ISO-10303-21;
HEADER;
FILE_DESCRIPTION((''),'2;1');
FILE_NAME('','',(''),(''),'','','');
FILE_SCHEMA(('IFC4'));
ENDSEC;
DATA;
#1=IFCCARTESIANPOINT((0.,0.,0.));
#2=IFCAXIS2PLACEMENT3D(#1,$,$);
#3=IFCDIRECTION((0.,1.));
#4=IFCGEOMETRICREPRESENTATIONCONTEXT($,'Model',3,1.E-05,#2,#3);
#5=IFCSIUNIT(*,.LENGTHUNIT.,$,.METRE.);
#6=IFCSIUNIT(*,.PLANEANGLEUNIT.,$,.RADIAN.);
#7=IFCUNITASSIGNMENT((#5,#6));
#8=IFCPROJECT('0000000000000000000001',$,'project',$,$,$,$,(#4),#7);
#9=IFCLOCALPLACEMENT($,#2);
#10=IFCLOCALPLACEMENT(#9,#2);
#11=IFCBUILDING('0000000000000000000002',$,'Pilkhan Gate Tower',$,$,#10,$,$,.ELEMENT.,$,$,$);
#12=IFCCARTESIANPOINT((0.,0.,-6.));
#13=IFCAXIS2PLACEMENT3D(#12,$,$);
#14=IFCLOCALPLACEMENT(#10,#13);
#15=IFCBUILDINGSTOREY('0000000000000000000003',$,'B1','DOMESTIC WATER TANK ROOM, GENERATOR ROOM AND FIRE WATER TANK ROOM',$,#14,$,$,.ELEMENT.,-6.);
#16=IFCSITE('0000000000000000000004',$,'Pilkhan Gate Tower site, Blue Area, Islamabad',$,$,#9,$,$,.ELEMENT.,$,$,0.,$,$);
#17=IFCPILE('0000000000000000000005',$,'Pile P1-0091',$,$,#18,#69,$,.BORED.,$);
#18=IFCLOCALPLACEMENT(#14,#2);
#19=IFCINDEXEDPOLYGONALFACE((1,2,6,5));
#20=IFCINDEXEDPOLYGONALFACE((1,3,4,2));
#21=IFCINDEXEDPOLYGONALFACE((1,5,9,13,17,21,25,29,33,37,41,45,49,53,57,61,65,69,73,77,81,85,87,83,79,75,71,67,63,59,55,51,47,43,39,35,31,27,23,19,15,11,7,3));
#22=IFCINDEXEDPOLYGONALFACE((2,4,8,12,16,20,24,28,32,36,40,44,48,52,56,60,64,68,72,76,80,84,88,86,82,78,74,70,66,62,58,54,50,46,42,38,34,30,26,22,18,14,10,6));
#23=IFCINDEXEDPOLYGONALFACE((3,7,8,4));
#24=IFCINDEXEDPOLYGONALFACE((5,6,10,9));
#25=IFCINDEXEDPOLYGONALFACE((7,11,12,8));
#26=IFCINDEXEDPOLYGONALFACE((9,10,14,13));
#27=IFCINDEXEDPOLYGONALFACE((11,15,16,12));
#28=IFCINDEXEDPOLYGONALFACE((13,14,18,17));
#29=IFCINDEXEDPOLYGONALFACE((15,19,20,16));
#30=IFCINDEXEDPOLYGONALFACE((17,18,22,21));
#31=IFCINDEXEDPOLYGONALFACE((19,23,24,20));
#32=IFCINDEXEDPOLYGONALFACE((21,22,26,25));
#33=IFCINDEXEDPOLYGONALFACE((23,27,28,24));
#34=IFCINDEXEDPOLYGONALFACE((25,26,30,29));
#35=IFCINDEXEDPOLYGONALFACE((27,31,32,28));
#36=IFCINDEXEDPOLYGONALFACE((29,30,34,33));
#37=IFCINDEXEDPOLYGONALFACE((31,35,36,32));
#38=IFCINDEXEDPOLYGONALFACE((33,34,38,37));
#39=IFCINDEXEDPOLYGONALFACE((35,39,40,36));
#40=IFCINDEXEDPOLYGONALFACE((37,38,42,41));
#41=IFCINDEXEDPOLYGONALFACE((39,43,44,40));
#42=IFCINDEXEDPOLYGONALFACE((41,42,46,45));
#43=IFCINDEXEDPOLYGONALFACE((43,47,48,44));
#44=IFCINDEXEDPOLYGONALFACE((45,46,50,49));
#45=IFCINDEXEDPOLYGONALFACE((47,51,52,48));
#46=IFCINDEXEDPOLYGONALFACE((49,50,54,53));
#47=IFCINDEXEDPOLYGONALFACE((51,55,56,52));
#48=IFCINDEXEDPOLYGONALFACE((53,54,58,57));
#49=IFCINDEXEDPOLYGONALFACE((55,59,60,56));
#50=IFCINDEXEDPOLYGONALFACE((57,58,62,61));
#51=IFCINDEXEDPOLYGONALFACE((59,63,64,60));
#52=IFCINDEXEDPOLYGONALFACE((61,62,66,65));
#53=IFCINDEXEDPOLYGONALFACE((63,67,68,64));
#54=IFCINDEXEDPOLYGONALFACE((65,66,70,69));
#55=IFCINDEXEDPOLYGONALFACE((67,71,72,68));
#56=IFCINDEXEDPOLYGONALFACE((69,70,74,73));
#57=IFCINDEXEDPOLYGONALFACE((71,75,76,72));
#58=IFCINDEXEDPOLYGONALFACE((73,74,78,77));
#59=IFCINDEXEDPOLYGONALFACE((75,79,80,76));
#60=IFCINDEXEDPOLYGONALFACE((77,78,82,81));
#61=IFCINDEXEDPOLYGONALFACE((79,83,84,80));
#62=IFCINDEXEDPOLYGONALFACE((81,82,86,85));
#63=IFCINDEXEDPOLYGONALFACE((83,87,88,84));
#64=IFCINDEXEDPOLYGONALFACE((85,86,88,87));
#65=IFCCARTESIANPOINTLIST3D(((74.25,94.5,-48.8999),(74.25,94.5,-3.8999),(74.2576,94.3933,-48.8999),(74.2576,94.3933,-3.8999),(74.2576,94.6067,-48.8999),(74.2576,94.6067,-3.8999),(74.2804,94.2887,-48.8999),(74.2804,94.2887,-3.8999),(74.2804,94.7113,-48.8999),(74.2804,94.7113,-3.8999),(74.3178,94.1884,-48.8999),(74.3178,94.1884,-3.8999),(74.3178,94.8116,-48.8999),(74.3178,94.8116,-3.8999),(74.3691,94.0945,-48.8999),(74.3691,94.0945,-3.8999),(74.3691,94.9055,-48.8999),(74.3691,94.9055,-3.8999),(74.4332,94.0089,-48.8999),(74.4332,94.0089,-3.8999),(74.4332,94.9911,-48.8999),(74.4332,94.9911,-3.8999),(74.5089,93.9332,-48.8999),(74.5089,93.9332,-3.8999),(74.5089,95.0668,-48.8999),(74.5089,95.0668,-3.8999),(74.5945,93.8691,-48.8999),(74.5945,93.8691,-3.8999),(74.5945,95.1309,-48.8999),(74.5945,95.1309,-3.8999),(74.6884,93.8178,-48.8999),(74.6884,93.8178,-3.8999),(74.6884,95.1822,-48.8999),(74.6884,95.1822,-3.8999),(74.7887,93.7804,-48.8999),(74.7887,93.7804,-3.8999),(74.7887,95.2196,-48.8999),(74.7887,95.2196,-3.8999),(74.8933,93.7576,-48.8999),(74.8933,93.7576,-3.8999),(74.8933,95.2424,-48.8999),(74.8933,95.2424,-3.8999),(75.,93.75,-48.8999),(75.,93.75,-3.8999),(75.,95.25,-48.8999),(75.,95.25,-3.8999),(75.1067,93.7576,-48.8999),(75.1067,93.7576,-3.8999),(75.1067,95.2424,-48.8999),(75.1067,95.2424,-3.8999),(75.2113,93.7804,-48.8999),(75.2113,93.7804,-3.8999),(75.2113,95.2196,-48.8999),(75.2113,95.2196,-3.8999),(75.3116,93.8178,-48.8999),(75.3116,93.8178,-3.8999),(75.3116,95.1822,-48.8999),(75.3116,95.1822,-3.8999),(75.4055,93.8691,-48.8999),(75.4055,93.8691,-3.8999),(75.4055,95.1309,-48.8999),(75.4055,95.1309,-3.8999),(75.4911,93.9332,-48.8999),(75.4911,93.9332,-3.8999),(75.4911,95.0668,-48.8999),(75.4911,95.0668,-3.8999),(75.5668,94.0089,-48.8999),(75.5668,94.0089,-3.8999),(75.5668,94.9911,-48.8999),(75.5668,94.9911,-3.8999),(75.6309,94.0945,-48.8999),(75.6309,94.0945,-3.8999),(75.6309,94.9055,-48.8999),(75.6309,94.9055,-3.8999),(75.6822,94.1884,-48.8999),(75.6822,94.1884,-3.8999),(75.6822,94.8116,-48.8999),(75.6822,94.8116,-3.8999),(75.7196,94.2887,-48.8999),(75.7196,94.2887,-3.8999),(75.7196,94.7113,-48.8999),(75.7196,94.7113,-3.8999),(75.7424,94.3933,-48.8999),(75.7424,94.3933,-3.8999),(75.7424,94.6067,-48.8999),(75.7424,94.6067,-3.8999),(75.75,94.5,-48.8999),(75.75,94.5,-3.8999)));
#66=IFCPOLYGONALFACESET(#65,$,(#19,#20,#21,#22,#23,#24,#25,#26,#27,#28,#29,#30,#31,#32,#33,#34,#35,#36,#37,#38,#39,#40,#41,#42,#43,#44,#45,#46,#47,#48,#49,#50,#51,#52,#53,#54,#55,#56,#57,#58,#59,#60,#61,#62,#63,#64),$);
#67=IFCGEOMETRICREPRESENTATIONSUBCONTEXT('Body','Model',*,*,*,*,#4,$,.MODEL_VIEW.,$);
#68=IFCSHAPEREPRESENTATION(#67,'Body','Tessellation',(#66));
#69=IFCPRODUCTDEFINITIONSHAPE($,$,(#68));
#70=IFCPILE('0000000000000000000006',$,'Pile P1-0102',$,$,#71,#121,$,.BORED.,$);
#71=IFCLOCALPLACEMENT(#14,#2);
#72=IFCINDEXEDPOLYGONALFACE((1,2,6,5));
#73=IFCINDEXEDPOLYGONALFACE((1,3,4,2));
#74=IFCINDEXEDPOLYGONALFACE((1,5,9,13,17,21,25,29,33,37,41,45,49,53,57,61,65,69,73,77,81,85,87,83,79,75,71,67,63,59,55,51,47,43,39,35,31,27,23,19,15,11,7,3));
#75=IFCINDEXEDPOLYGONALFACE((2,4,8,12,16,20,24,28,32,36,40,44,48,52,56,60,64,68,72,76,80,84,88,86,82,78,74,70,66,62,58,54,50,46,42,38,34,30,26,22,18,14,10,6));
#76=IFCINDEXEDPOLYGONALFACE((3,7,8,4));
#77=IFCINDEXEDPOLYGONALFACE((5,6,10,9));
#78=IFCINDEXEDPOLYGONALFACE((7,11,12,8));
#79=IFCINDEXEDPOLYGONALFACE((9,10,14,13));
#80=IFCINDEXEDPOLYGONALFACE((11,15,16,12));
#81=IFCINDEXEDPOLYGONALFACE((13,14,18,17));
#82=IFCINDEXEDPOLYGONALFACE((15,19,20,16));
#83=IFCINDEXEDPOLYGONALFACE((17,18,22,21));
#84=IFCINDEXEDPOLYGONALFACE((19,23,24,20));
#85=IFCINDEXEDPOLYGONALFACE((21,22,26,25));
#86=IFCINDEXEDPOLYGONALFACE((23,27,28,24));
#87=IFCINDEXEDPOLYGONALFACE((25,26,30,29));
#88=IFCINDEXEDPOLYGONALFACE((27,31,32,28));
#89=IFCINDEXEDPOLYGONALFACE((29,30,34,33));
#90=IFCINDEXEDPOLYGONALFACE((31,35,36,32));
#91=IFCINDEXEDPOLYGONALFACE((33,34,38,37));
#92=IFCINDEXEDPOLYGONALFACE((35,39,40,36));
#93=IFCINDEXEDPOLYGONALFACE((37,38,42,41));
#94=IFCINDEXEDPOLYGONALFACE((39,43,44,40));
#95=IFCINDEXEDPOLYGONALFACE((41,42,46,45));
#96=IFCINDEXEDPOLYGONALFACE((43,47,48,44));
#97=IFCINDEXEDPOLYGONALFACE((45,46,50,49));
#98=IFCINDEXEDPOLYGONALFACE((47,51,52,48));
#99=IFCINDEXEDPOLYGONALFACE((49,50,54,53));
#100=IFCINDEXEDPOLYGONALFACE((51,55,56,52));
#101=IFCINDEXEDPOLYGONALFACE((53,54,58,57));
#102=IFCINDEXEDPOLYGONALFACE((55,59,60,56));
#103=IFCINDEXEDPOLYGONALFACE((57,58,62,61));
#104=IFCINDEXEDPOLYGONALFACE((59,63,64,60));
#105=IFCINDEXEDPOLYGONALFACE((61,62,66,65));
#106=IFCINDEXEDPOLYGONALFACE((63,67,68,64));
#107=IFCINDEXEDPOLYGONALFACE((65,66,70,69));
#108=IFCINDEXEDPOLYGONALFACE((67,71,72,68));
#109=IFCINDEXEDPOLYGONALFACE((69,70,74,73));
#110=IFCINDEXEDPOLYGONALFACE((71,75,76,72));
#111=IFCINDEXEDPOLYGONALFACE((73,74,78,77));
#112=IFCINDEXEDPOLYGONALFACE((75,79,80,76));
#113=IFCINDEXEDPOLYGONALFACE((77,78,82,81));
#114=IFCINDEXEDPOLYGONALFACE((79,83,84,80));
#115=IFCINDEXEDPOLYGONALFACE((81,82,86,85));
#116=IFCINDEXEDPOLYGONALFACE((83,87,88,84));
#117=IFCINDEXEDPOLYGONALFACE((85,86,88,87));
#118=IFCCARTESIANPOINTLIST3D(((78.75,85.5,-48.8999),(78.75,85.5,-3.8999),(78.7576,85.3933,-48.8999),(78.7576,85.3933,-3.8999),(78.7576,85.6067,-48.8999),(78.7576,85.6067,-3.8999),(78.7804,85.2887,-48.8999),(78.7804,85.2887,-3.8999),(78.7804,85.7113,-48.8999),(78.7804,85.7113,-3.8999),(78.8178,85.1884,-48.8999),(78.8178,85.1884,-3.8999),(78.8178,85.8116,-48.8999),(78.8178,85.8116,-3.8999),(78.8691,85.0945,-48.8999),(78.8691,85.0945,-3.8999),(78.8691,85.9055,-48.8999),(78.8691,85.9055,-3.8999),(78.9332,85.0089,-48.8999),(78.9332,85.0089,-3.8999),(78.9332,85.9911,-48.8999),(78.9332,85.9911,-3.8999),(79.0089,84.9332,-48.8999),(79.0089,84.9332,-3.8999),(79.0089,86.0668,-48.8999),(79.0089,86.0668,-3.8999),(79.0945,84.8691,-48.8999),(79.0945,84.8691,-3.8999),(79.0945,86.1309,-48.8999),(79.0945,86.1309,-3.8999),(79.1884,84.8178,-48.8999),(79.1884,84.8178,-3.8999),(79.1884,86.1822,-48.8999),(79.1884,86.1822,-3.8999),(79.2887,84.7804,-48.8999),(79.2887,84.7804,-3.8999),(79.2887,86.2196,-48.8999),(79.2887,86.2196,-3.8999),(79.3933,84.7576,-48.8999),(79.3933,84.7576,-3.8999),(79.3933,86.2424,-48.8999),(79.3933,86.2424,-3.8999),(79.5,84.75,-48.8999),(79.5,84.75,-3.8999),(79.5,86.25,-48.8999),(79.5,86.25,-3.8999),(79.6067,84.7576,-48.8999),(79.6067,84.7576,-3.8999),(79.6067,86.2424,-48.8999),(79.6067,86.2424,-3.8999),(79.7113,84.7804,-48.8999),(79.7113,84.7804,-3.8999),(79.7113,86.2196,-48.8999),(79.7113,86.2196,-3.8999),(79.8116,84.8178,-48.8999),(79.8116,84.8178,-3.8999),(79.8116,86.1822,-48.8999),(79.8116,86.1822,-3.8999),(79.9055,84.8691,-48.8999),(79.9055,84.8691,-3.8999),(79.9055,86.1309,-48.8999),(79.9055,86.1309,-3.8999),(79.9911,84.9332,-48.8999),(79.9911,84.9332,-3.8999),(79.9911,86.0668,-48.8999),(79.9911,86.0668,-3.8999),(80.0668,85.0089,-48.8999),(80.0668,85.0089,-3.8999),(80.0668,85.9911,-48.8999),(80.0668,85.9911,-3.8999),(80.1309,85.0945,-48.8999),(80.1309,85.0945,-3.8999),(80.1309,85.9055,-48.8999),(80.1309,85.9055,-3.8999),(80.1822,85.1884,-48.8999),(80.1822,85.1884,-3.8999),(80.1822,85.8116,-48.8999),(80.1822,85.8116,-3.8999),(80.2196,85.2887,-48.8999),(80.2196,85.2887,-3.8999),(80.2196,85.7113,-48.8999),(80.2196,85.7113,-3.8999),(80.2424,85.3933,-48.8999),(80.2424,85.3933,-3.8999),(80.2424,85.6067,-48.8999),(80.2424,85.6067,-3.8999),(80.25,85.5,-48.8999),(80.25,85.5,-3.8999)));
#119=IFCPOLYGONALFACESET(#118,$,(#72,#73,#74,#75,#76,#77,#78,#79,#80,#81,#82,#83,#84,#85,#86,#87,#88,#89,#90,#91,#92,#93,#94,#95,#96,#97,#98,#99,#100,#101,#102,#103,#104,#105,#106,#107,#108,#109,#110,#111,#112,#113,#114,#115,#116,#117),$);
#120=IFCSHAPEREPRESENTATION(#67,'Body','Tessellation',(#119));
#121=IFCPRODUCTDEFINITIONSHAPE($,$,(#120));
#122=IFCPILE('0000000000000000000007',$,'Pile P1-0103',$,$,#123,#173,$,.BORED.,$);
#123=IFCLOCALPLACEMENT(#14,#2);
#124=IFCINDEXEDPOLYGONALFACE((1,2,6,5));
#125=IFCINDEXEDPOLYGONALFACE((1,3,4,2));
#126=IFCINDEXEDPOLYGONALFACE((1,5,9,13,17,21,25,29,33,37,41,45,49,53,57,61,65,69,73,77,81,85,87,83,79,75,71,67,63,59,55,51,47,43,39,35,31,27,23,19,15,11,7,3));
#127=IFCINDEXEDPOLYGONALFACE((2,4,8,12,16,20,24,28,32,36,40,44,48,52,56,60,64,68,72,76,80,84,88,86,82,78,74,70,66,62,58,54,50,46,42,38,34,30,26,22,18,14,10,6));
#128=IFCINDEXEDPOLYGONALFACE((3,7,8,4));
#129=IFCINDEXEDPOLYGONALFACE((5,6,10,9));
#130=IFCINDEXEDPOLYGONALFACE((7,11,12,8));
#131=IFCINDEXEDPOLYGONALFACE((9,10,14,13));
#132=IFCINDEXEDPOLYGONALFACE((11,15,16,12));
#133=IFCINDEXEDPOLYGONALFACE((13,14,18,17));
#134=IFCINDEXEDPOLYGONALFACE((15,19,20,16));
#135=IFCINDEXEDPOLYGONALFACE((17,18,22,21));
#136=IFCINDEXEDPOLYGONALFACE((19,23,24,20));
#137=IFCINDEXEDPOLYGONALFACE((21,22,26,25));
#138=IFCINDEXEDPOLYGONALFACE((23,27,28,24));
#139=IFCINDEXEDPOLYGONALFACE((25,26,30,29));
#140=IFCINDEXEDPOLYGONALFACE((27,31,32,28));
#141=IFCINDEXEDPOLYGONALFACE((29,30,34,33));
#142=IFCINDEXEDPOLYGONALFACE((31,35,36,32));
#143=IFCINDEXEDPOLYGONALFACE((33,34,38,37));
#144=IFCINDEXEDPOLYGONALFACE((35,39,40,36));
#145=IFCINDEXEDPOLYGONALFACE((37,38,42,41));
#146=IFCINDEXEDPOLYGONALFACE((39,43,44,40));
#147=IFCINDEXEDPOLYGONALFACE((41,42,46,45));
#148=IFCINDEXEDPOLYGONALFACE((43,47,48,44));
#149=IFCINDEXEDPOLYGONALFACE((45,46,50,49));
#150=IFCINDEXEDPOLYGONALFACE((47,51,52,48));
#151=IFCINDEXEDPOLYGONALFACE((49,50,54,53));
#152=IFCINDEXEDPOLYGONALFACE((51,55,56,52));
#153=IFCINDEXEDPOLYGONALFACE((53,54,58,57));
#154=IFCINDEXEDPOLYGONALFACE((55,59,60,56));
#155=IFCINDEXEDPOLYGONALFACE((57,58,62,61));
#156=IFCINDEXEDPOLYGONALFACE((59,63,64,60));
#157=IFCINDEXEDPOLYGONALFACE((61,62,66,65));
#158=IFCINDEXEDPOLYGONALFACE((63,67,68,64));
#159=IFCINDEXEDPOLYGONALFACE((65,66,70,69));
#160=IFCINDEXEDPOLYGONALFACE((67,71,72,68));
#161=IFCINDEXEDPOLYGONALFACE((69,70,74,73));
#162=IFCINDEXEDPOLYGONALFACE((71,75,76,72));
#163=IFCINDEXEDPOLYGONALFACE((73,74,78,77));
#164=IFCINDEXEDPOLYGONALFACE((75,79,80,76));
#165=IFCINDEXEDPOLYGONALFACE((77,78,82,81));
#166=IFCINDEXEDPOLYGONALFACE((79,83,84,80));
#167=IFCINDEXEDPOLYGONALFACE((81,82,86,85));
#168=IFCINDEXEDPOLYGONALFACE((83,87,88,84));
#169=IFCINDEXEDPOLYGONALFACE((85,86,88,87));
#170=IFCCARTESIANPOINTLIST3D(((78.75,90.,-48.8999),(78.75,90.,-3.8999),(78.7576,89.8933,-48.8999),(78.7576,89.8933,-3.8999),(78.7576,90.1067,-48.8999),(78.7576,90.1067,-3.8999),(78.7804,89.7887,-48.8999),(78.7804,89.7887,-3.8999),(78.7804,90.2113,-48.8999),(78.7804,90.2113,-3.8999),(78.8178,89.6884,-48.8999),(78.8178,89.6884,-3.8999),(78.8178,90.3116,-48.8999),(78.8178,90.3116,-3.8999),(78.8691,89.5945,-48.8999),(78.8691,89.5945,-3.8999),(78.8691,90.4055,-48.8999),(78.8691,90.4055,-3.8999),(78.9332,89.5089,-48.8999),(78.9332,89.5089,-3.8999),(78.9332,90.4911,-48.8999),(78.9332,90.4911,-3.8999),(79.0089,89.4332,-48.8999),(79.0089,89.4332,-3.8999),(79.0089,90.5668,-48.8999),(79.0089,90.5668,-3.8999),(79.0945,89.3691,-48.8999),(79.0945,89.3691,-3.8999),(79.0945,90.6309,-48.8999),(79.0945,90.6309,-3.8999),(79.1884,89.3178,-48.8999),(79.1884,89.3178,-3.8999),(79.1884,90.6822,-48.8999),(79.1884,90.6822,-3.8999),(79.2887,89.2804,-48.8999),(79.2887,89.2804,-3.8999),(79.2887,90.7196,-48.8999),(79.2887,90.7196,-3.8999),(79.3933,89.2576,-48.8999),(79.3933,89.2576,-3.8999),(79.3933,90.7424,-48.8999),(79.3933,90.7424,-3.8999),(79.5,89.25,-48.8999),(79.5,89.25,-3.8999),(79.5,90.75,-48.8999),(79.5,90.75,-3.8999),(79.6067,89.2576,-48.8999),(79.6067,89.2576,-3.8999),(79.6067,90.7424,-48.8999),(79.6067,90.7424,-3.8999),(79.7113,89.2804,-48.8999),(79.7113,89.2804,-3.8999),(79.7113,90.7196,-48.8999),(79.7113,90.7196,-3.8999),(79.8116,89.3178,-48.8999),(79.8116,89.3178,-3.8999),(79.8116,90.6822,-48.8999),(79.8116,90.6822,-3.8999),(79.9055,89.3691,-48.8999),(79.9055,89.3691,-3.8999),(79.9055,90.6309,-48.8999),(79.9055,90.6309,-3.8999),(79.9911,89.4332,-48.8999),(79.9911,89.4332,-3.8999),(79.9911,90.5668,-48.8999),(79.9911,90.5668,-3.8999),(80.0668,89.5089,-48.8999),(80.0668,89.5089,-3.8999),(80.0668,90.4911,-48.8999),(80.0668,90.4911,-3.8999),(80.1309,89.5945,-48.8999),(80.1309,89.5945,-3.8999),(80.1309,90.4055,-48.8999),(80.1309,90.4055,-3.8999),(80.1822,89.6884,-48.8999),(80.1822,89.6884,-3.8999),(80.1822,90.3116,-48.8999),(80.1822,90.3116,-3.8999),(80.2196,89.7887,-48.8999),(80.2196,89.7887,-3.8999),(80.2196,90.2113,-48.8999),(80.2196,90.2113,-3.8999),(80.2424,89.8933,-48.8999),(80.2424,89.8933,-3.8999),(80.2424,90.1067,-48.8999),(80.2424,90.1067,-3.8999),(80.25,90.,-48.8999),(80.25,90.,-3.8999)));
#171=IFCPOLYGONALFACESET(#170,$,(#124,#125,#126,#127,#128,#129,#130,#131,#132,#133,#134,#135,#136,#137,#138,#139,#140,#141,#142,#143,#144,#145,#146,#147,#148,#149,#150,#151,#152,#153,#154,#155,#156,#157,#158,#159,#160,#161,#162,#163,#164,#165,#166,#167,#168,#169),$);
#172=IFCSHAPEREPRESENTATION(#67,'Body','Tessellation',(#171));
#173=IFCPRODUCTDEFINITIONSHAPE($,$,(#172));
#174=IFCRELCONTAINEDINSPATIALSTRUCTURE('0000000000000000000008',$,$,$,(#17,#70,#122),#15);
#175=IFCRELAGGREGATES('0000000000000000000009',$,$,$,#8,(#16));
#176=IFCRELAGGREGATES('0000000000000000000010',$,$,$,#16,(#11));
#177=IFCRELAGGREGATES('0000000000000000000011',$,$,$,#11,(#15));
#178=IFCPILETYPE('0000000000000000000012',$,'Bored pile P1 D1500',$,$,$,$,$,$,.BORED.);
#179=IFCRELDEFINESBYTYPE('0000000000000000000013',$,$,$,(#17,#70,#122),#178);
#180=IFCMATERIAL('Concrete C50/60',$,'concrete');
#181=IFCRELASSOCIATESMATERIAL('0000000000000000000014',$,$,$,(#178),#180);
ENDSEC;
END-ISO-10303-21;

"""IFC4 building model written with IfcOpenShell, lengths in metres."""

from ifc_helpers import new_model, si_unit, direction, frame, origin, origin_2d, place, context, subcontext, project, spatial, circle, extrude, material, material_profile, profile_set, type_object, element, save


model = new_model("IFC4")

# Units and contexts
model_context = context("Model", 3, precision=1e-05, world=origin(), true_north=direction((0.0, 1.0)))
body_context = subcontext(model_context, "Body", "Model", "MODEL_VIEW")
ifc_project = project(units=[si_unit("LENGTHUNIT", "METRE"), si_unit("PLANEANGLEUNIT", "RADIAN")], contexts=[model_context])

# Site, building, storey
site_placement = place(None, origin())
site = spatial("IfcSite", under=ifc_project, at=site_placement, Name="Pilkhan Gate Tower site, Blue Area, Islamabad", CompositionType="ELEMENT", RefElevation=0.0)
building_placement = place(site_placement, origin())
building = spatial("IfcBuilding", under=site, at=building_placement, Name="Pilkhan Gate Tower", CompositionType="ELEMENT")
storey_placement = place(building_placement, frame((0.0, 0.0, -6.0)))
storey = spatial("IfcBuildingStorey", under=building, at=storey_placement, Name="B1", Description="DOMESTIC WATER TANK ROOM, GENERATOR ROOM AND FIRE WATER TANK ROOM", CompositionType="ELEMENT", Elevation=-6.0)

# Piles
ifc_material_1 = material(Name="Concrete C50/60", Category="concrete")
ifc_material_profile = material_profile(ifc_material_1, circle(Radius=0.75, at=origin_2d()), Name="Bored pile 1500 dia")
ifc_profile_set = profile_set([ifc_material_profile], Name="Concrete C50/60")
pile_type = type_object("IfcPileType", Name="Bored pile P1 D1500", PredefinedType="BORED", material=ifc_profile_set)
for number, where, z_axis, x_axis, name in (
    (1, (75.0, 94.5, -3.8999), (0.0, 0.0, -1.0), (1.0, 0.0, 0.0), "Pile P1-0091"),
    (2, (79.5, 85.5, -3.8999), (0.0, 0.0, -1.0), (1.0, 0.0, 0.0), "Pile P1-0102"),
    (3, (79.5, 90.0, -3.8999), (0.0, 0.0, -1.0), (1.0, 0.0, 0.0), "Pile P1-0103"),
):
    element("IfcPile", number, at=place(storey_placement, frame(where, z_axis=z_axis, x_axis=x_axis)), inside=storey, type_object=pile_type, Name=name, PredefinedType="BORED", context=body_context, shape_type="SweptSolid", body=[
        extrude(circle(Radius=0.75, at=origin_2d()), origin(), (0.0, 0.0, 1.0), 45.0),
    ])

save(model, "model.ifc")
